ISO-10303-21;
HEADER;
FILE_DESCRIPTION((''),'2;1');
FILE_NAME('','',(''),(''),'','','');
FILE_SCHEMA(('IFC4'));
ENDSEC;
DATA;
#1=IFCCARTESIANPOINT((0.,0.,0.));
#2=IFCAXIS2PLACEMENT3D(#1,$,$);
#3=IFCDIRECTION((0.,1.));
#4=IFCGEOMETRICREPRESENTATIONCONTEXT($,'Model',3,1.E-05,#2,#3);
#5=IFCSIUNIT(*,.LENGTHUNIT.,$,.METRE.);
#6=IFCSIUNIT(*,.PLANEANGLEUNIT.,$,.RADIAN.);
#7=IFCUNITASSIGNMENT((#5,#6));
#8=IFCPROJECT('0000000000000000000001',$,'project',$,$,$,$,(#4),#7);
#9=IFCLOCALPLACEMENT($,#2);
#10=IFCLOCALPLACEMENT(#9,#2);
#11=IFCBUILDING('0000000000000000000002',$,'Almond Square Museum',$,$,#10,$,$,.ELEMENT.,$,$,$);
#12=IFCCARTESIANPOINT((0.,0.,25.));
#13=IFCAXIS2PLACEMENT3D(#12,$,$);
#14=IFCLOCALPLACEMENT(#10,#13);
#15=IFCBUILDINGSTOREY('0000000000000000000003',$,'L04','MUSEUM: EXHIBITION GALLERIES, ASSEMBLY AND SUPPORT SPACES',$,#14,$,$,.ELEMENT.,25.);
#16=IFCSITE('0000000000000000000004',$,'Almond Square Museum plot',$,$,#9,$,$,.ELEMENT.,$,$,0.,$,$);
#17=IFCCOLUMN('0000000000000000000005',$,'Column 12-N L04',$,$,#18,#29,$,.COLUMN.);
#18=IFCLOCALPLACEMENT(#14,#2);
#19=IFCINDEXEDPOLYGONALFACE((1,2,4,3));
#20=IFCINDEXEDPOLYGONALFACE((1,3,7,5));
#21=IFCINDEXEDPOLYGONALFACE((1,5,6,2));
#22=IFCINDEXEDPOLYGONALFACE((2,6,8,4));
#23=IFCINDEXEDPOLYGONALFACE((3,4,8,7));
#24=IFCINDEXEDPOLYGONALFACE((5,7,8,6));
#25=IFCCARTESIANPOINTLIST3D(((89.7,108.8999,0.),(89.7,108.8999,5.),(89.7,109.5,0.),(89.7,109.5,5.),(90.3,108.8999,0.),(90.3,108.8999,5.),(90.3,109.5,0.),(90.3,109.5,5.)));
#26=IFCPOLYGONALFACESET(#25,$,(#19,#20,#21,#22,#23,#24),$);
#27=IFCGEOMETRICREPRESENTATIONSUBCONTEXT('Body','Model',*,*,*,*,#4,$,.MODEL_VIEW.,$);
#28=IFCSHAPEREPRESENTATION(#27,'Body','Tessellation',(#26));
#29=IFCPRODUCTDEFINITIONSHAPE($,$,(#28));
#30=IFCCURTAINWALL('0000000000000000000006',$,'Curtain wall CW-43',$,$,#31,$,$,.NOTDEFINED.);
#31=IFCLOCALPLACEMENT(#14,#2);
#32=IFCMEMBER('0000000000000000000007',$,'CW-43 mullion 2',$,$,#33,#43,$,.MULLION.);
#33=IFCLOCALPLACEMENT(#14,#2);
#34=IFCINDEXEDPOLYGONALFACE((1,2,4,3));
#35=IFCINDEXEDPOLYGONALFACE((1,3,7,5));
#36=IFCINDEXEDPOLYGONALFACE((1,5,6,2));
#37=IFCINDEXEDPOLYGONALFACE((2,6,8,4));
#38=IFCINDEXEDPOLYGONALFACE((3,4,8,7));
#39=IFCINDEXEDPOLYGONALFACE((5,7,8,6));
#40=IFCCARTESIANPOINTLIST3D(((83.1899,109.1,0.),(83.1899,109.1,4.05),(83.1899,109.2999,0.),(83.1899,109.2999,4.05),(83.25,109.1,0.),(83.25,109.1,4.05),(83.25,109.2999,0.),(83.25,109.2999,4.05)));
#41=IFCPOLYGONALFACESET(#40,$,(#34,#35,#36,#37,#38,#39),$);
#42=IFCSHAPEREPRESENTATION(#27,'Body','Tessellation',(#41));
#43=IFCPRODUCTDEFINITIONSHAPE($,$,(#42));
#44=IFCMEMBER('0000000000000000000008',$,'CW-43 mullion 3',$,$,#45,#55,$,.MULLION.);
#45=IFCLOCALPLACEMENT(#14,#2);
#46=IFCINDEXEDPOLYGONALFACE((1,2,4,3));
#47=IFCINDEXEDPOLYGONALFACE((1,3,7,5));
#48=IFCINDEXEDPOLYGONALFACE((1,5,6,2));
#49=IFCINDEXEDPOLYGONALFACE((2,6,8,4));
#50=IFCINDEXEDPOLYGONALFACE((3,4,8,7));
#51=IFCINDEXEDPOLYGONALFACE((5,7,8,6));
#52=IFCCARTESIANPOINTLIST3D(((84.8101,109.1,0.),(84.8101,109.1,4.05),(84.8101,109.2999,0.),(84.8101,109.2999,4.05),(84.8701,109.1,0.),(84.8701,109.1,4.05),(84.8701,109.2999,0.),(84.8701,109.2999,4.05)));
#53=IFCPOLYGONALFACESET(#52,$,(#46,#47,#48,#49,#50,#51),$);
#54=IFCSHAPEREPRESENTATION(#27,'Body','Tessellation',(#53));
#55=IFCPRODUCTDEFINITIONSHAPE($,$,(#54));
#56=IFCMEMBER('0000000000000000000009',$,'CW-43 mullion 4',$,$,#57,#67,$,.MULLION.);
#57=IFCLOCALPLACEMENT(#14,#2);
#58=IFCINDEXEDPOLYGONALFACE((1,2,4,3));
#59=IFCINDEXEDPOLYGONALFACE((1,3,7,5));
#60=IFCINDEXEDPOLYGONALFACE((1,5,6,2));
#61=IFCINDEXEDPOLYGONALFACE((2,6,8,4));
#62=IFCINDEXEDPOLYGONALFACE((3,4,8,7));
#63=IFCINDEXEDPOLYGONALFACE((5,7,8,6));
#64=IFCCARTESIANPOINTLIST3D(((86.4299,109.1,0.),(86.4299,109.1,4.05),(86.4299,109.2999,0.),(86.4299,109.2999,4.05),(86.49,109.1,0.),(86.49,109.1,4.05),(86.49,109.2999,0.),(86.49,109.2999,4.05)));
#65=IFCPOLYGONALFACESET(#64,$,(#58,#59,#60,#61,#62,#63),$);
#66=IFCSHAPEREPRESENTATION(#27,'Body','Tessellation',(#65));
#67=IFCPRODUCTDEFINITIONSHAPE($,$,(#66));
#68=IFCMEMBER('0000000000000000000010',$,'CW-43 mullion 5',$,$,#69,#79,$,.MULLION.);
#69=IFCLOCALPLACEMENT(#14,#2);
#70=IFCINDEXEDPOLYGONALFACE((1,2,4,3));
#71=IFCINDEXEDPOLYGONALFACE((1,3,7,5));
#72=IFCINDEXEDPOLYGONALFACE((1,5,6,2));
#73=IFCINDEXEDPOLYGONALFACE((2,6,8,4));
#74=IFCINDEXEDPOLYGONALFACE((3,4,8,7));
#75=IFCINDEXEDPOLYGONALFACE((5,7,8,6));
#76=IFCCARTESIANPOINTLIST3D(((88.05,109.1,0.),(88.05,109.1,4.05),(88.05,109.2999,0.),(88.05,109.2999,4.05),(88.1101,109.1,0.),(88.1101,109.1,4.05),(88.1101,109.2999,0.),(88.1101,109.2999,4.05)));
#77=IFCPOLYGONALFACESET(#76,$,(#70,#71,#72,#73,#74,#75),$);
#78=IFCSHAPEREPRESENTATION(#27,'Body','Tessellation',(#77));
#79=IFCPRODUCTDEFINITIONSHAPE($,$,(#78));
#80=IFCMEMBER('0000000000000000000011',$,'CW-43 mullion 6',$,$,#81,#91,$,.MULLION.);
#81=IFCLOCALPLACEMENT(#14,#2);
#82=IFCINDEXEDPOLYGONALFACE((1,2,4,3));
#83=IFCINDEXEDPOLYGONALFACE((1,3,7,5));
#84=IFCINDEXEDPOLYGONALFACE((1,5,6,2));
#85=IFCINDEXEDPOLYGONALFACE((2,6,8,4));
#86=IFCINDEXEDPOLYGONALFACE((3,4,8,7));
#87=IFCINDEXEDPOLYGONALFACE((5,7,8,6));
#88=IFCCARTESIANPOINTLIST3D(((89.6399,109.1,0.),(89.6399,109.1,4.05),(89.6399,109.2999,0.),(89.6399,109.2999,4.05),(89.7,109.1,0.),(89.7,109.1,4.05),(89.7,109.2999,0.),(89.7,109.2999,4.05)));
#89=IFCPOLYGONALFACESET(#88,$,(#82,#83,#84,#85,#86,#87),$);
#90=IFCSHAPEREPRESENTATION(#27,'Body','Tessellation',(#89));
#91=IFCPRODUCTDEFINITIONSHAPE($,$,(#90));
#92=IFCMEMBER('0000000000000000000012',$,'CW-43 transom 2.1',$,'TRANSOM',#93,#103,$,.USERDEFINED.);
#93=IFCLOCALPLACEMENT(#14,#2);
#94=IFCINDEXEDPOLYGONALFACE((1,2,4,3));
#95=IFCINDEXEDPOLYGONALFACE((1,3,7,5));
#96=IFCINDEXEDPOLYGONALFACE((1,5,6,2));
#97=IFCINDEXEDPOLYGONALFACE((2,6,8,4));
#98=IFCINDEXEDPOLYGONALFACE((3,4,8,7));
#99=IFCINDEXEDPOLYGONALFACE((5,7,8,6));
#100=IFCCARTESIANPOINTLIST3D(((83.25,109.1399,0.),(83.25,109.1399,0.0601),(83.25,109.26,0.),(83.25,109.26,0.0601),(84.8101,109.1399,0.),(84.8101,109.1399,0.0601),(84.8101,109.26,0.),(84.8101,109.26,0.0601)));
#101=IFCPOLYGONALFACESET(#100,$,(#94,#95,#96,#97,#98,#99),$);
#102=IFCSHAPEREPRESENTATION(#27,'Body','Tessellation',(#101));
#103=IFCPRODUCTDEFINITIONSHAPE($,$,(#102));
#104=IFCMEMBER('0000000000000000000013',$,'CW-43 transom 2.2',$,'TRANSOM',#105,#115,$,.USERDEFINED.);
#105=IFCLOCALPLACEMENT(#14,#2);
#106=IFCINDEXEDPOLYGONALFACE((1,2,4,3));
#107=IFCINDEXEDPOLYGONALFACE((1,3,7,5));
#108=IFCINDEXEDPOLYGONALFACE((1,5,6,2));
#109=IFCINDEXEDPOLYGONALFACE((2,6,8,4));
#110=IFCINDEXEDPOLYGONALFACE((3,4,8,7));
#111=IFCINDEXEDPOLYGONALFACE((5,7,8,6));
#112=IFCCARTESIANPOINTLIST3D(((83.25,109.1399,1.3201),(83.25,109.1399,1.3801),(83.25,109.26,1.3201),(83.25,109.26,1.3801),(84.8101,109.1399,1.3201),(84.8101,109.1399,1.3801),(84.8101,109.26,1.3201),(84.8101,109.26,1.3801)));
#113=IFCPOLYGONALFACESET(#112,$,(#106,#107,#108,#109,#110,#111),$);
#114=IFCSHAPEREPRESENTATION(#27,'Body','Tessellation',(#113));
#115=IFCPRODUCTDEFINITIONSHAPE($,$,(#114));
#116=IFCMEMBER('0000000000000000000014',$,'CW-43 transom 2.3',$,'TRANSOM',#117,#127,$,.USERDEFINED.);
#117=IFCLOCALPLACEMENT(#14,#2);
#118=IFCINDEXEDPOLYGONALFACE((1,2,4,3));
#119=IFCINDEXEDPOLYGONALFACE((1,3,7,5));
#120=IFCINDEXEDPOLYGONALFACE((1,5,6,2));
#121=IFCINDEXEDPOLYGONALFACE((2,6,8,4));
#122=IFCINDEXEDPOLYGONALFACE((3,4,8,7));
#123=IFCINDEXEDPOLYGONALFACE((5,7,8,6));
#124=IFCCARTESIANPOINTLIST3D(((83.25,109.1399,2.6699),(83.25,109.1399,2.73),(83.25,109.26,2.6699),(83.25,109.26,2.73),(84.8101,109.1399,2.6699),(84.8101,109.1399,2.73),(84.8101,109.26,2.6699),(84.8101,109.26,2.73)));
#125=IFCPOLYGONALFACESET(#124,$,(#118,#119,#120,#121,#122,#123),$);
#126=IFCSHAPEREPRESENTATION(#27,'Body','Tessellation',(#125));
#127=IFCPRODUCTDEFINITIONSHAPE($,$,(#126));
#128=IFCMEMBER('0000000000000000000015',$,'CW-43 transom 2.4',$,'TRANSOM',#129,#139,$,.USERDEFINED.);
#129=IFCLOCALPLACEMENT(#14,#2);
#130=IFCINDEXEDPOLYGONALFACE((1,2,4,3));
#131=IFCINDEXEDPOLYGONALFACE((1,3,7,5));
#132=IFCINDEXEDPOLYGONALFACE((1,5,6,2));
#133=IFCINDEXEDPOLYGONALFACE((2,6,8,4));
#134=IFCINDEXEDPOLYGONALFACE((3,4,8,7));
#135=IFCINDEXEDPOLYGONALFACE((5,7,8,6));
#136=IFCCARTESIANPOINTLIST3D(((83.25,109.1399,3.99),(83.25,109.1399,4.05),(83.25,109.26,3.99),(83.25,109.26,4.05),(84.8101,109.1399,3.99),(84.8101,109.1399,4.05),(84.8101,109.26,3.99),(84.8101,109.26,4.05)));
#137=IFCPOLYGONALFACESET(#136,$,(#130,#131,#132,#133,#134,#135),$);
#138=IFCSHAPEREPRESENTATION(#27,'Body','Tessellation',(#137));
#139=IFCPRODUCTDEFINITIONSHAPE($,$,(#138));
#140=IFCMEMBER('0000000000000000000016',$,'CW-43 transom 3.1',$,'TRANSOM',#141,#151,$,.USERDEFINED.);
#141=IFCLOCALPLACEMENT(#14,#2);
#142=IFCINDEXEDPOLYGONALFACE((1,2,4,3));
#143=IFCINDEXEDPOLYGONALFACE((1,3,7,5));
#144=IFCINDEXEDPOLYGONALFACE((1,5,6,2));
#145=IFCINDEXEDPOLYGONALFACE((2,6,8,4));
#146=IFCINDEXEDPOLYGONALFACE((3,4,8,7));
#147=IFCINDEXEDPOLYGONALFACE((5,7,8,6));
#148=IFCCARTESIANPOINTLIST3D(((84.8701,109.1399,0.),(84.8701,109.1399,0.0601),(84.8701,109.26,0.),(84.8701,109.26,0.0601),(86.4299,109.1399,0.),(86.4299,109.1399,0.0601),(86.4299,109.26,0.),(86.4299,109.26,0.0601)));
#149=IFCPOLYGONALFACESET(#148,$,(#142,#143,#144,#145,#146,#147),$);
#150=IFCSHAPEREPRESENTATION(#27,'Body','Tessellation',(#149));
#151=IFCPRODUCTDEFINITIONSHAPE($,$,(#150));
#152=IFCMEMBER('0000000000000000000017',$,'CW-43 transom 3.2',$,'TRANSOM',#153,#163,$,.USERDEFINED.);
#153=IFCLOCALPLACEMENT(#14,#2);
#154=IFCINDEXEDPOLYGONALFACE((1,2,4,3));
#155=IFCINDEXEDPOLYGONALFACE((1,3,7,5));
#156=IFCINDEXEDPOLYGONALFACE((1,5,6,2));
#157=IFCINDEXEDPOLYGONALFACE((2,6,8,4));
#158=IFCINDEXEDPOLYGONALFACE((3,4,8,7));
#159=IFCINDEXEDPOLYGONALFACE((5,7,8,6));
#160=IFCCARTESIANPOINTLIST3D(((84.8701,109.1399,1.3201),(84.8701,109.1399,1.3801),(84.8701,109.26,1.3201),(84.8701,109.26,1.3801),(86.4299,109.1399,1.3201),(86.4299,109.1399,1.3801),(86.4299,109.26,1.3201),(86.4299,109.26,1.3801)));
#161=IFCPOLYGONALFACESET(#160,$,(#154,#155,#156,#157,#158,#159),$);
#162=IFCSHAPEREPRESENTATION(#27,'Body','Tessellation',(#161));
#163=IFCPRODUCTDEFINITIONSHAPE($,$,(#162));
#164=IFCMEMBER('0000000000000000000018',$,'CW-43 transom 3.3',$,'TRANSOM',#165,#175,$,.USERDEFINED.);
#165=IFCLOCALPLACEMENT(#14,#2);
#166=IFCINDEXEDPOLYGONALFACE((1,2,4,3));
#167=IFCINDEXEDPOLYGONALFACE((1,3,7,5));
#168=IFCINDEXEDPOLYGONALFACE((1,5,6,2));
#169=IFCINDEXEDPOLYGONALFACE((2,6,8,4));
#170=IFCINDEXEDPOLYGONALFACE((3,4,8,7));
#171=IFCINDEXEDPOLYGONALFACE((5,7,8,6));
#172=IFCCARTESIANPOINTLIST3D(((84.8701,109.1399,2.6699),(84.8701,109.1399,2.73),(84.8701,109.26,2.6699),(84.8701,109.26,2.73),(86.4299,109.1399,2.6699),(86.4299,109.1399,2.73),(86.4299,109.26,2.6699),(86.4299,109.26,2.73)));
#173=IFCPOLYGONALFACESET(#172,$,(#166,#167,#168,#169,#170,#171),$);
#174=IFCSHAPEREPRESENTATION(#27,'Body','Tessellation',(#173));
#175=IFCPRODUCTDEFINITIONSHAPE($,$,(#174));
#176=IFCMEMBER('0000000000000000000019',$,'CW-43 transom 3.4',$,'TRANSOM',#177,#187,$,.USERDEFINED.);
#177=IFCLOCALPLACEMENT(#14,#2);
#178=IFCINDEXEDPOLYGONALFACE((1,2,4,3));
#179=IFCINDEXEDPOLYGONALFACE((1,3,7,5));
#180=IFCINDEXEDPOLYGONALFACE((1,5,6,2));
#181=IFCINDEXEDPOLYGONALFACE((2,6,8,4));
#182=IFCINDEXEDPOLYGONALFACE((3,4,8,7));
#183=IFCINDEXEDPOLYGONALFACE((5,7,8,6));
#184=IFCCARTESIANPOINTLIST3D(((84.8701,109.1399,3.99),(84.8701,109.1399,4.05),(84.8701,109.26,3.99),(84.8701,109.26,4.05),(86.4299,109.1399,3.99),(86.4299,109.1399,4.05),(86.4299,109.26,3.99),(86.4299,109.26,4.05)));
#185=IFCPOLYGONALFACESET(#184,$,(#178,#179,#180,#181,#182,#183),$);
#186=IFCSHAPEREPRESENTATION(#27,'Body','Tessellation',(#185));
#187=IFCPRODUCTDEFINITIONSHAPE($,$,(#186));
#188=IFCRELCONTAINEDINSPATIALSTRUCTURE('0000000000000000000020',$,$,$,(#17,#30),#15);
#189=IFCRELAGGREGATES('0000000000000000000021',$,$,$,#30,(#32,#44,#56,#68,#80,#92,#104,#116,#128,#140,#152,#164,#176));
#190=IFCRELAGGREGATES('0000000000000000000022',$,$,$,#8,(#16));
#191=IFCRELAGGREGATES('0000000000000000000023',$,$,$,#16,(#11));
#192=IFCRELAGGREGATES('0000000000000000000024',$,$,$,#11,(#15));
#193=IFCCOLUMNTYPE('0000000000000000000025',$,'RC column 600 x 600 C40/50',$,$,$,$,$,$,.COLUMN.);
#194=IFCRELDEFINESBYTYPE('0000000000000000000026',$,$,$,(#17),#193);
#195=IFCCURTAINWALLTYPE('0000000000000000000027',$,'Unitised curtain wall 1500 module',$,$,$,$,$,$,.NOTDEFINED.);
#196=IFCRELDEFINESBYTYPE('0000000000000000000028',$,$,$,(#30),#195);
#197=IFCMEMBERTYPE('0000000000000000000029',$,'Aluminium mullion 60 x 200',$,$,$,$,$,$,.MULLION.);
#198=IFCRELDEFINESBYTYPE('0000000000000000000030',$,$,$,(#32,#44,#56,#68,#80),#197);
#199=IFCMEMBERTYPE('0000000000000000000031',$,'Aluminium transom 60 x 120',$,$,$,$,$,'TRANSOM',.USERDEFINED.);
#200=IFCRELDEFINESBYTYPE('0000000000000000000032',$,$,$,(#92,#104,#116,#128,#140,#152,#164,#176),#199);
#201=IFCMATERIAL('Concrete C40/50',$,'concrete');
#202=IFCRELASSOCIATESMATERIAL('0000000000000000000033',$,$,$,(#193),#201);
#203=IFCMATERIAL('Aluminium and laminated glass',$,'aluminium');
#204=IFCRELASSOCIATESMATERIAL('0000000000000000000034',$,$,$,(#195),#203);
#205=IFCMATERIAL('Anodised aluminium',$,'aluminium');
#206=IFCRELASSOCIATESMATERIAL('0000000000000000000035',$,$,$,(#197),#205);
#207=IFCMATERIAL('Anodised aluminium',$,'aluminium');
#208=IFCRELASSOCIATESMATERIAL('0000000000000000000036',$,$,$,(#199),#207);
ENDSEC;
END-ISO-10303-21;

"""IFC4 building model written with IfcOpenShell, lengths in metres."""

from ifc_helpers import new_model, si_unit, direction, frame, origin, origin_2d, place, context, subcontext, project, spatial, rectangle, extrude, material, material_profile, profile_set, type_object, element, aggregate, save


model = new_model("IFC4")

# Units and contexts
model_context = context("Model", 3, precision=1e-05, world=origin(), true_north=direction((0.0, 1.0)))
body_context = subcontext(model_context, "Body", "Model", "MODEL_VIEW")
ifc_project = project(units=[si_unit("LENGTHUNIT", "METRE"), si_unit("PLANEANGLEUNIT", "RADIAN")], contexts=[model_context])

# Site, building, storey
site_placement = place(None, origin())
site = spatial("IfcSite", under=ifc_project, at=site_placement, Name="Almond Square Museum plot", CompositionType="ELEMENT", RefElevation=0.0)
building_placement = place(site_placement, origin())
building = spatial("IfcBuilding", under=site, at=building_placement, Name="Almond Square Museum", CompositionType="ELEMENT")
storey_placement = place(building_placement, frame((0.0, 0.0, 25.0)))
storey = spatial("IfcBuildingStorey", under=building, at=storey_placement, Name="L04", Description="MUSEUM: EXHIBITION GALLERIES, ASSEMBLY AND SUPPORT SPACES", CompositionType="ELEMENT", Elevation=25.0)

# Column
ifc_material_1 = material(Name="Concrete C40/50", Category="concrete")
ifc_material_profile_1 = material_profile(ifc_material_1, rectangle(XDim=0.6001, YDim=0.6001, at=origin_2d()))
ifc_profile_set_1 = profile_set([ifc_material_profile_1], Name="Concrete C40/50")
column_type = type_object("IfcColumnType", Name="RC column 600 x 600 C40/50", PredefinedType="COLUMN", material=ifc_profile_set_1)
column_placement = place(storey_placement, frame((90.0, 109.2, 0.0), z_axis=(0.0, 0.0, 1.0), x_axis=(1.0, 0.0, 0.0)))
element("IfcColumn", 1, at=column_placement, inside=storey, type_object=column_type, Name="Column 12-N L04", PredefinedType="COLUMN", context=body_context, shape_type="SweptSolid", body=[
    extrude(rectangle(XDim=0.6001, YDim=0.6001, at=origin_2d()), origin(), (0.0, 0.0, 1.0), 5.0),
])

# Curtain wall, members
ifc_material_2 = material(Name="Aluminium and laminated glass", Category="aluminium")
curtain_wall_type = type_object("IfcCurtainWallType", Name="Unitised curtain wall 1500 module", PredefinedType="NOTDEFINED", material=ifc_material_2)
curtain_wall_placement = place(storey_placement, origin())
curtain_wall = element("IfcCurtainWall", 2, at=curtain_wall_placement, inside=storey, type_object=curtain_wall_type, Name="Curtain wall CW-43", PredefinedType="NOTDEFINED")
ifc_material_3 = material(Name="Anodised aluminium", Category="aluminium")
ifc_material_profile_2 = material_profile(ifc_material_3, rectangle(XDim=0.2, YDim=0.0601, at=origin_2d()))
ifc_profile_set_2 = profile_set([ifc_material_profile_2], Name="Anodised aluminium")
member_type_1 = type_object("IfcMemberType", Name="Aluminium mullion 60 x 200", PredefinedType="MULLION", material=ifc_profile_set_2)
member_1_placement = place(storey_placement, frame((83.22, 109.2, 0.0), z_axis=(0.0, 0.0, 1.0), x_axis=(0.0, 1.0, 0.0)))
member_1 = element("IfcMember", 3, at=member_1_placement, type_object=member_type_1, Name="CW-43 mullion 2", PredefinedType="MULLION", context=body_context, shape_type="SweptSolid", body=[
    extrude(rectangle(XDim=0.2, YDim=0.0601, at=origin_2d()), origin(), (0.0, 0.0, 1.0), 4.05),
])
member_2_placement = place(storey_placement, frame((84.8401, 109.2, 0.0), z_axis=(0.0, 0.0, 1.0), x_axis=(0.0, 1.0, 0.0)))
member_2 = element("IfcMember", 4, at=member_2_placement, type_object=member_type_1, Name="CW-43 mullion 3", PredefinedType="MULLION", context=body_context, shape_type="SweptSolid", body=[
    extrude(rectangle(XDim=0.2, YDim=0.0601, at=origin_2d()), origin(), (0.0, 0.0, 1.0), 4.05),
])
member_3_placement = place(storey_placement, frame((86.46, 109.2, 0.0), z_axis=(0.0, 0.0, 1.0), x_axis=(0.0, 1.0, 0.0)))
member_3 = element("IfcMember", 5, at=member_3_placement, type_object=member_type_1, Name="CW-43 mullion 4", PredefinedType="MULLION", context=body_context, shape_type="SweptSolid", body=[
    extrude(rectangle(XDim=0.2, YDim=0.0601, at=origin_2d()), origin(), (0.0, 0.0, 1.0), 4.05),
])
member_4_placement = place(storey_placement, frame((88.0801, 109.2, 0.0), z_axis=(0.0, 0.0, 1.0), x_axis=(0.0, 1.0, 0.0)))
member_4 = element("IfcMember", 6, at=member_4_placement, type_object=member_type_1, Name="CW-43 mullion 5", PredefinedType="MULLION", context=body_context, shape_type="SweptSolid", body=[
    extrude(rectangle(XDim=0.2, YDim=0.0601, at=origin_2d()), origin(), (0.0, 0.0, 1.0), 4.05),
])
member_5_placement = place(storey_placement, frame((89.6699, 109.2, 0.0), z_axis=(0.0, 0.0, 1.0), x_axis=(0.0, 1.0, 0.0)))
member_5 = element("IfcMember", 7, at=member_5_placement, type_object=member_type_1, Name="CW-43 mullion 6", PredefinedType="MULLION", context=body_context, shape_type="SweptSolid", body=[
    extrude(rectangle(XDim=0.2, YDim=0.0601, at=origin_2d()), origin(), (0.0, 0.0, 1.0), 4.05),
])
ifc_material_4 = material(Name="Anodised aluminium", Category="aluminium")
ifc_material_profile_3 = material_profile(ifc_material_4, rectangle(XDim=0.1201, YDim=0.0601, at=origin_2d()))
ifc_profile_set_3 = profile_set([ifc_material_profile_3], Name="Anodised aluminium")
member_type_2 = type_object("IfcMemberType", Name="Aluminium transom 60 x 120", ElementType="TRANSOM", PredefinedType="USERDEFINED", material=ifc_profile_set_3)
member_6_placement = place(storey_placement, frame((83.25, 109.2, 0.03), z_axis=(1.0, 0.0, 0.0), x_axis=(0.0, 1.0, 0.0)))
member_6 = element("IfcMember", 8, at=member_6_placement, type_object=member_type_2, Name="CW-43 transom 2.1", ObjectType="TRANSOM", PredefinedType="USERDEFINED", context=body_context, shape_type="SweptSolid", body=[
    extrude(rectangle(XDim=0.1201, YDim=0.0601, at=origin_2d()), origin(), (0.0, 0.0, 1.0), 1.5601),
])
member_7_placement = place(storey_placement, frame((83.25, 109.2, 1.3501), z_axis=(1.0, 0.0, 0.0), x_axis=(0.0, 1.0, 0.0)))
member_7 = element("IfcMember", 9, at=member_7_placement, type_object=member_type_2, Name="CW-43 transom 2.2", ObjectType="TRANSOM", PredefinedType="USERDEFINED", context=body_context, shape_type="SweptSolid", body=[
    extrude(rectangle(XDim=0.1201, YDim=0.0601, at=origin_2d()), origin(), (0.0, 0.0, 1.0), 1.5601),
])
member_8_placement = place(storey_placement, frame((83.25, 109.2, 2.7), z_axis=(1.0, 0.0, 0.0), x_axis=(0.0, 1.0, 0.0)))
member_8 = element("IfcMember", 10, at=member_8_placement, type_object=member_type_2, Name="CW-43 transom 2.3", ObjectType="TRANSOM", PredefinedType="USERDEFINED", context=body_context, shape_type="SweptSolid", body=[
    extrude(rectangle(XDim=0.1201, YDim=0.0601, at=origin_2d()), origin(), (0.0, 0.0, 1.0), 1.5601),
])
member_9_placement = place(storey_placement, frame((83.25, 109.2, 4.02), z_axis=(1.0, 0.0, 0.0), x_axis=(0.0, 1.0, 0.0)))
member_9 = element("IfcMember", 11, at=member_9_placement, type_object=member_type_2, Name="CW-43 transom 2.4", ObjectType="TRANSOM", PredefinedType="USERDEFINED", context=body_context, shape_type="SweptSolid", body=[
    extrude(rectangle(XDim=0.1201, YDim=0.0601, at=origin_2d()), origin(), (0.0, 0.0, 1.0), 1.5601),
])
member_10_placement = place(storey_placement, frame((84.8701, 109.2, 0.03), z_axis=(1.0, 0.0, 0.0), x_axis=(0.0, 1.0, 0.0)))
member_10 = element("IfcMember", 12, at=member_10_placement, type_object=member_type_2, Name="CW-43 transom 3.1", ObjectType="TRANSOM", PredefinedType="USERDEFINED", context=body_context, shape_type="SweptSolid", body=[
    extrude(rectangle(XDim=0.1201, YDim=0.0601, at=origin_2d()), origin(), (0.0, 0.0, 1.0), 1.5598),
])
member_11_placement = place(storey_placement, frame((84.8701, 109.2, 1.3501), z_axis=(1.0, 0.0, 0.0), x_axis=(0.0, 1.0, 0.0)))
member_11 = element("IfcMember", 13, at=member_11_placement, type_object=member_type_2, Name="CW-43 transom 3.2", ObjectType="TRANSOM", PredefinedType="USERDEFINED", context=body_context, shape_type="SweptSolid", body=[
    extrude(rectangle(XDim=0.1201, YDim=0.0601, at=origin_2d()), origin(), (0.0, 0.0, 1.0), 1.5598),
])
member_12_placement = place(storey_placement, frame((84.8701, 109.2, 2.7), z_axis=(1.0, 0.0, 0.0), x_axis=(0.0, 1.0, 0.0)))
member_12 = element("IfcMember", 14, at=member_12_placement, type_object=member_type_2, Name="CW-43 transom 3.3", ObjectType="TRANSOM", PredefinedType="USERDEFINED", context=body_context, shape_type="SweptSolid", body=[
    extrude(rectangle(XDim=0.1201, YDim=0.0601, at=origin_2d()), origin(), (0.0, 0.0, 1.0), 1.5598),
])
member_13_placement = place(storey_placement, frame((84.8701, 109.2, 4.02), z_axis=(1.0, 0.0, 0.0), x_axis=(0.0, 1.0, 0.0)))
member_13 = element("IfcMember", 15, at=member_13_placement, type_object=member_type_2, Name="CW-43 transom 3.4", ObjectType="TRANSOM", PredefinedType="USERDEFINED", context=body_context, shape_type="SweptSolid", body=[
    extrude(rectangle(XDim=0.1201, YDim=0.0601, at=origin_2d()), origin(), (0.0, 0.0, 1.0), 1.5598),
])
aggregate(curtain_wall, [member_1, member_2, member_3, member_4, member_5, member_6, member_7, member_8, member_9, member_10, member_11, member_12, member_13])

save(model, "model.ifc")
